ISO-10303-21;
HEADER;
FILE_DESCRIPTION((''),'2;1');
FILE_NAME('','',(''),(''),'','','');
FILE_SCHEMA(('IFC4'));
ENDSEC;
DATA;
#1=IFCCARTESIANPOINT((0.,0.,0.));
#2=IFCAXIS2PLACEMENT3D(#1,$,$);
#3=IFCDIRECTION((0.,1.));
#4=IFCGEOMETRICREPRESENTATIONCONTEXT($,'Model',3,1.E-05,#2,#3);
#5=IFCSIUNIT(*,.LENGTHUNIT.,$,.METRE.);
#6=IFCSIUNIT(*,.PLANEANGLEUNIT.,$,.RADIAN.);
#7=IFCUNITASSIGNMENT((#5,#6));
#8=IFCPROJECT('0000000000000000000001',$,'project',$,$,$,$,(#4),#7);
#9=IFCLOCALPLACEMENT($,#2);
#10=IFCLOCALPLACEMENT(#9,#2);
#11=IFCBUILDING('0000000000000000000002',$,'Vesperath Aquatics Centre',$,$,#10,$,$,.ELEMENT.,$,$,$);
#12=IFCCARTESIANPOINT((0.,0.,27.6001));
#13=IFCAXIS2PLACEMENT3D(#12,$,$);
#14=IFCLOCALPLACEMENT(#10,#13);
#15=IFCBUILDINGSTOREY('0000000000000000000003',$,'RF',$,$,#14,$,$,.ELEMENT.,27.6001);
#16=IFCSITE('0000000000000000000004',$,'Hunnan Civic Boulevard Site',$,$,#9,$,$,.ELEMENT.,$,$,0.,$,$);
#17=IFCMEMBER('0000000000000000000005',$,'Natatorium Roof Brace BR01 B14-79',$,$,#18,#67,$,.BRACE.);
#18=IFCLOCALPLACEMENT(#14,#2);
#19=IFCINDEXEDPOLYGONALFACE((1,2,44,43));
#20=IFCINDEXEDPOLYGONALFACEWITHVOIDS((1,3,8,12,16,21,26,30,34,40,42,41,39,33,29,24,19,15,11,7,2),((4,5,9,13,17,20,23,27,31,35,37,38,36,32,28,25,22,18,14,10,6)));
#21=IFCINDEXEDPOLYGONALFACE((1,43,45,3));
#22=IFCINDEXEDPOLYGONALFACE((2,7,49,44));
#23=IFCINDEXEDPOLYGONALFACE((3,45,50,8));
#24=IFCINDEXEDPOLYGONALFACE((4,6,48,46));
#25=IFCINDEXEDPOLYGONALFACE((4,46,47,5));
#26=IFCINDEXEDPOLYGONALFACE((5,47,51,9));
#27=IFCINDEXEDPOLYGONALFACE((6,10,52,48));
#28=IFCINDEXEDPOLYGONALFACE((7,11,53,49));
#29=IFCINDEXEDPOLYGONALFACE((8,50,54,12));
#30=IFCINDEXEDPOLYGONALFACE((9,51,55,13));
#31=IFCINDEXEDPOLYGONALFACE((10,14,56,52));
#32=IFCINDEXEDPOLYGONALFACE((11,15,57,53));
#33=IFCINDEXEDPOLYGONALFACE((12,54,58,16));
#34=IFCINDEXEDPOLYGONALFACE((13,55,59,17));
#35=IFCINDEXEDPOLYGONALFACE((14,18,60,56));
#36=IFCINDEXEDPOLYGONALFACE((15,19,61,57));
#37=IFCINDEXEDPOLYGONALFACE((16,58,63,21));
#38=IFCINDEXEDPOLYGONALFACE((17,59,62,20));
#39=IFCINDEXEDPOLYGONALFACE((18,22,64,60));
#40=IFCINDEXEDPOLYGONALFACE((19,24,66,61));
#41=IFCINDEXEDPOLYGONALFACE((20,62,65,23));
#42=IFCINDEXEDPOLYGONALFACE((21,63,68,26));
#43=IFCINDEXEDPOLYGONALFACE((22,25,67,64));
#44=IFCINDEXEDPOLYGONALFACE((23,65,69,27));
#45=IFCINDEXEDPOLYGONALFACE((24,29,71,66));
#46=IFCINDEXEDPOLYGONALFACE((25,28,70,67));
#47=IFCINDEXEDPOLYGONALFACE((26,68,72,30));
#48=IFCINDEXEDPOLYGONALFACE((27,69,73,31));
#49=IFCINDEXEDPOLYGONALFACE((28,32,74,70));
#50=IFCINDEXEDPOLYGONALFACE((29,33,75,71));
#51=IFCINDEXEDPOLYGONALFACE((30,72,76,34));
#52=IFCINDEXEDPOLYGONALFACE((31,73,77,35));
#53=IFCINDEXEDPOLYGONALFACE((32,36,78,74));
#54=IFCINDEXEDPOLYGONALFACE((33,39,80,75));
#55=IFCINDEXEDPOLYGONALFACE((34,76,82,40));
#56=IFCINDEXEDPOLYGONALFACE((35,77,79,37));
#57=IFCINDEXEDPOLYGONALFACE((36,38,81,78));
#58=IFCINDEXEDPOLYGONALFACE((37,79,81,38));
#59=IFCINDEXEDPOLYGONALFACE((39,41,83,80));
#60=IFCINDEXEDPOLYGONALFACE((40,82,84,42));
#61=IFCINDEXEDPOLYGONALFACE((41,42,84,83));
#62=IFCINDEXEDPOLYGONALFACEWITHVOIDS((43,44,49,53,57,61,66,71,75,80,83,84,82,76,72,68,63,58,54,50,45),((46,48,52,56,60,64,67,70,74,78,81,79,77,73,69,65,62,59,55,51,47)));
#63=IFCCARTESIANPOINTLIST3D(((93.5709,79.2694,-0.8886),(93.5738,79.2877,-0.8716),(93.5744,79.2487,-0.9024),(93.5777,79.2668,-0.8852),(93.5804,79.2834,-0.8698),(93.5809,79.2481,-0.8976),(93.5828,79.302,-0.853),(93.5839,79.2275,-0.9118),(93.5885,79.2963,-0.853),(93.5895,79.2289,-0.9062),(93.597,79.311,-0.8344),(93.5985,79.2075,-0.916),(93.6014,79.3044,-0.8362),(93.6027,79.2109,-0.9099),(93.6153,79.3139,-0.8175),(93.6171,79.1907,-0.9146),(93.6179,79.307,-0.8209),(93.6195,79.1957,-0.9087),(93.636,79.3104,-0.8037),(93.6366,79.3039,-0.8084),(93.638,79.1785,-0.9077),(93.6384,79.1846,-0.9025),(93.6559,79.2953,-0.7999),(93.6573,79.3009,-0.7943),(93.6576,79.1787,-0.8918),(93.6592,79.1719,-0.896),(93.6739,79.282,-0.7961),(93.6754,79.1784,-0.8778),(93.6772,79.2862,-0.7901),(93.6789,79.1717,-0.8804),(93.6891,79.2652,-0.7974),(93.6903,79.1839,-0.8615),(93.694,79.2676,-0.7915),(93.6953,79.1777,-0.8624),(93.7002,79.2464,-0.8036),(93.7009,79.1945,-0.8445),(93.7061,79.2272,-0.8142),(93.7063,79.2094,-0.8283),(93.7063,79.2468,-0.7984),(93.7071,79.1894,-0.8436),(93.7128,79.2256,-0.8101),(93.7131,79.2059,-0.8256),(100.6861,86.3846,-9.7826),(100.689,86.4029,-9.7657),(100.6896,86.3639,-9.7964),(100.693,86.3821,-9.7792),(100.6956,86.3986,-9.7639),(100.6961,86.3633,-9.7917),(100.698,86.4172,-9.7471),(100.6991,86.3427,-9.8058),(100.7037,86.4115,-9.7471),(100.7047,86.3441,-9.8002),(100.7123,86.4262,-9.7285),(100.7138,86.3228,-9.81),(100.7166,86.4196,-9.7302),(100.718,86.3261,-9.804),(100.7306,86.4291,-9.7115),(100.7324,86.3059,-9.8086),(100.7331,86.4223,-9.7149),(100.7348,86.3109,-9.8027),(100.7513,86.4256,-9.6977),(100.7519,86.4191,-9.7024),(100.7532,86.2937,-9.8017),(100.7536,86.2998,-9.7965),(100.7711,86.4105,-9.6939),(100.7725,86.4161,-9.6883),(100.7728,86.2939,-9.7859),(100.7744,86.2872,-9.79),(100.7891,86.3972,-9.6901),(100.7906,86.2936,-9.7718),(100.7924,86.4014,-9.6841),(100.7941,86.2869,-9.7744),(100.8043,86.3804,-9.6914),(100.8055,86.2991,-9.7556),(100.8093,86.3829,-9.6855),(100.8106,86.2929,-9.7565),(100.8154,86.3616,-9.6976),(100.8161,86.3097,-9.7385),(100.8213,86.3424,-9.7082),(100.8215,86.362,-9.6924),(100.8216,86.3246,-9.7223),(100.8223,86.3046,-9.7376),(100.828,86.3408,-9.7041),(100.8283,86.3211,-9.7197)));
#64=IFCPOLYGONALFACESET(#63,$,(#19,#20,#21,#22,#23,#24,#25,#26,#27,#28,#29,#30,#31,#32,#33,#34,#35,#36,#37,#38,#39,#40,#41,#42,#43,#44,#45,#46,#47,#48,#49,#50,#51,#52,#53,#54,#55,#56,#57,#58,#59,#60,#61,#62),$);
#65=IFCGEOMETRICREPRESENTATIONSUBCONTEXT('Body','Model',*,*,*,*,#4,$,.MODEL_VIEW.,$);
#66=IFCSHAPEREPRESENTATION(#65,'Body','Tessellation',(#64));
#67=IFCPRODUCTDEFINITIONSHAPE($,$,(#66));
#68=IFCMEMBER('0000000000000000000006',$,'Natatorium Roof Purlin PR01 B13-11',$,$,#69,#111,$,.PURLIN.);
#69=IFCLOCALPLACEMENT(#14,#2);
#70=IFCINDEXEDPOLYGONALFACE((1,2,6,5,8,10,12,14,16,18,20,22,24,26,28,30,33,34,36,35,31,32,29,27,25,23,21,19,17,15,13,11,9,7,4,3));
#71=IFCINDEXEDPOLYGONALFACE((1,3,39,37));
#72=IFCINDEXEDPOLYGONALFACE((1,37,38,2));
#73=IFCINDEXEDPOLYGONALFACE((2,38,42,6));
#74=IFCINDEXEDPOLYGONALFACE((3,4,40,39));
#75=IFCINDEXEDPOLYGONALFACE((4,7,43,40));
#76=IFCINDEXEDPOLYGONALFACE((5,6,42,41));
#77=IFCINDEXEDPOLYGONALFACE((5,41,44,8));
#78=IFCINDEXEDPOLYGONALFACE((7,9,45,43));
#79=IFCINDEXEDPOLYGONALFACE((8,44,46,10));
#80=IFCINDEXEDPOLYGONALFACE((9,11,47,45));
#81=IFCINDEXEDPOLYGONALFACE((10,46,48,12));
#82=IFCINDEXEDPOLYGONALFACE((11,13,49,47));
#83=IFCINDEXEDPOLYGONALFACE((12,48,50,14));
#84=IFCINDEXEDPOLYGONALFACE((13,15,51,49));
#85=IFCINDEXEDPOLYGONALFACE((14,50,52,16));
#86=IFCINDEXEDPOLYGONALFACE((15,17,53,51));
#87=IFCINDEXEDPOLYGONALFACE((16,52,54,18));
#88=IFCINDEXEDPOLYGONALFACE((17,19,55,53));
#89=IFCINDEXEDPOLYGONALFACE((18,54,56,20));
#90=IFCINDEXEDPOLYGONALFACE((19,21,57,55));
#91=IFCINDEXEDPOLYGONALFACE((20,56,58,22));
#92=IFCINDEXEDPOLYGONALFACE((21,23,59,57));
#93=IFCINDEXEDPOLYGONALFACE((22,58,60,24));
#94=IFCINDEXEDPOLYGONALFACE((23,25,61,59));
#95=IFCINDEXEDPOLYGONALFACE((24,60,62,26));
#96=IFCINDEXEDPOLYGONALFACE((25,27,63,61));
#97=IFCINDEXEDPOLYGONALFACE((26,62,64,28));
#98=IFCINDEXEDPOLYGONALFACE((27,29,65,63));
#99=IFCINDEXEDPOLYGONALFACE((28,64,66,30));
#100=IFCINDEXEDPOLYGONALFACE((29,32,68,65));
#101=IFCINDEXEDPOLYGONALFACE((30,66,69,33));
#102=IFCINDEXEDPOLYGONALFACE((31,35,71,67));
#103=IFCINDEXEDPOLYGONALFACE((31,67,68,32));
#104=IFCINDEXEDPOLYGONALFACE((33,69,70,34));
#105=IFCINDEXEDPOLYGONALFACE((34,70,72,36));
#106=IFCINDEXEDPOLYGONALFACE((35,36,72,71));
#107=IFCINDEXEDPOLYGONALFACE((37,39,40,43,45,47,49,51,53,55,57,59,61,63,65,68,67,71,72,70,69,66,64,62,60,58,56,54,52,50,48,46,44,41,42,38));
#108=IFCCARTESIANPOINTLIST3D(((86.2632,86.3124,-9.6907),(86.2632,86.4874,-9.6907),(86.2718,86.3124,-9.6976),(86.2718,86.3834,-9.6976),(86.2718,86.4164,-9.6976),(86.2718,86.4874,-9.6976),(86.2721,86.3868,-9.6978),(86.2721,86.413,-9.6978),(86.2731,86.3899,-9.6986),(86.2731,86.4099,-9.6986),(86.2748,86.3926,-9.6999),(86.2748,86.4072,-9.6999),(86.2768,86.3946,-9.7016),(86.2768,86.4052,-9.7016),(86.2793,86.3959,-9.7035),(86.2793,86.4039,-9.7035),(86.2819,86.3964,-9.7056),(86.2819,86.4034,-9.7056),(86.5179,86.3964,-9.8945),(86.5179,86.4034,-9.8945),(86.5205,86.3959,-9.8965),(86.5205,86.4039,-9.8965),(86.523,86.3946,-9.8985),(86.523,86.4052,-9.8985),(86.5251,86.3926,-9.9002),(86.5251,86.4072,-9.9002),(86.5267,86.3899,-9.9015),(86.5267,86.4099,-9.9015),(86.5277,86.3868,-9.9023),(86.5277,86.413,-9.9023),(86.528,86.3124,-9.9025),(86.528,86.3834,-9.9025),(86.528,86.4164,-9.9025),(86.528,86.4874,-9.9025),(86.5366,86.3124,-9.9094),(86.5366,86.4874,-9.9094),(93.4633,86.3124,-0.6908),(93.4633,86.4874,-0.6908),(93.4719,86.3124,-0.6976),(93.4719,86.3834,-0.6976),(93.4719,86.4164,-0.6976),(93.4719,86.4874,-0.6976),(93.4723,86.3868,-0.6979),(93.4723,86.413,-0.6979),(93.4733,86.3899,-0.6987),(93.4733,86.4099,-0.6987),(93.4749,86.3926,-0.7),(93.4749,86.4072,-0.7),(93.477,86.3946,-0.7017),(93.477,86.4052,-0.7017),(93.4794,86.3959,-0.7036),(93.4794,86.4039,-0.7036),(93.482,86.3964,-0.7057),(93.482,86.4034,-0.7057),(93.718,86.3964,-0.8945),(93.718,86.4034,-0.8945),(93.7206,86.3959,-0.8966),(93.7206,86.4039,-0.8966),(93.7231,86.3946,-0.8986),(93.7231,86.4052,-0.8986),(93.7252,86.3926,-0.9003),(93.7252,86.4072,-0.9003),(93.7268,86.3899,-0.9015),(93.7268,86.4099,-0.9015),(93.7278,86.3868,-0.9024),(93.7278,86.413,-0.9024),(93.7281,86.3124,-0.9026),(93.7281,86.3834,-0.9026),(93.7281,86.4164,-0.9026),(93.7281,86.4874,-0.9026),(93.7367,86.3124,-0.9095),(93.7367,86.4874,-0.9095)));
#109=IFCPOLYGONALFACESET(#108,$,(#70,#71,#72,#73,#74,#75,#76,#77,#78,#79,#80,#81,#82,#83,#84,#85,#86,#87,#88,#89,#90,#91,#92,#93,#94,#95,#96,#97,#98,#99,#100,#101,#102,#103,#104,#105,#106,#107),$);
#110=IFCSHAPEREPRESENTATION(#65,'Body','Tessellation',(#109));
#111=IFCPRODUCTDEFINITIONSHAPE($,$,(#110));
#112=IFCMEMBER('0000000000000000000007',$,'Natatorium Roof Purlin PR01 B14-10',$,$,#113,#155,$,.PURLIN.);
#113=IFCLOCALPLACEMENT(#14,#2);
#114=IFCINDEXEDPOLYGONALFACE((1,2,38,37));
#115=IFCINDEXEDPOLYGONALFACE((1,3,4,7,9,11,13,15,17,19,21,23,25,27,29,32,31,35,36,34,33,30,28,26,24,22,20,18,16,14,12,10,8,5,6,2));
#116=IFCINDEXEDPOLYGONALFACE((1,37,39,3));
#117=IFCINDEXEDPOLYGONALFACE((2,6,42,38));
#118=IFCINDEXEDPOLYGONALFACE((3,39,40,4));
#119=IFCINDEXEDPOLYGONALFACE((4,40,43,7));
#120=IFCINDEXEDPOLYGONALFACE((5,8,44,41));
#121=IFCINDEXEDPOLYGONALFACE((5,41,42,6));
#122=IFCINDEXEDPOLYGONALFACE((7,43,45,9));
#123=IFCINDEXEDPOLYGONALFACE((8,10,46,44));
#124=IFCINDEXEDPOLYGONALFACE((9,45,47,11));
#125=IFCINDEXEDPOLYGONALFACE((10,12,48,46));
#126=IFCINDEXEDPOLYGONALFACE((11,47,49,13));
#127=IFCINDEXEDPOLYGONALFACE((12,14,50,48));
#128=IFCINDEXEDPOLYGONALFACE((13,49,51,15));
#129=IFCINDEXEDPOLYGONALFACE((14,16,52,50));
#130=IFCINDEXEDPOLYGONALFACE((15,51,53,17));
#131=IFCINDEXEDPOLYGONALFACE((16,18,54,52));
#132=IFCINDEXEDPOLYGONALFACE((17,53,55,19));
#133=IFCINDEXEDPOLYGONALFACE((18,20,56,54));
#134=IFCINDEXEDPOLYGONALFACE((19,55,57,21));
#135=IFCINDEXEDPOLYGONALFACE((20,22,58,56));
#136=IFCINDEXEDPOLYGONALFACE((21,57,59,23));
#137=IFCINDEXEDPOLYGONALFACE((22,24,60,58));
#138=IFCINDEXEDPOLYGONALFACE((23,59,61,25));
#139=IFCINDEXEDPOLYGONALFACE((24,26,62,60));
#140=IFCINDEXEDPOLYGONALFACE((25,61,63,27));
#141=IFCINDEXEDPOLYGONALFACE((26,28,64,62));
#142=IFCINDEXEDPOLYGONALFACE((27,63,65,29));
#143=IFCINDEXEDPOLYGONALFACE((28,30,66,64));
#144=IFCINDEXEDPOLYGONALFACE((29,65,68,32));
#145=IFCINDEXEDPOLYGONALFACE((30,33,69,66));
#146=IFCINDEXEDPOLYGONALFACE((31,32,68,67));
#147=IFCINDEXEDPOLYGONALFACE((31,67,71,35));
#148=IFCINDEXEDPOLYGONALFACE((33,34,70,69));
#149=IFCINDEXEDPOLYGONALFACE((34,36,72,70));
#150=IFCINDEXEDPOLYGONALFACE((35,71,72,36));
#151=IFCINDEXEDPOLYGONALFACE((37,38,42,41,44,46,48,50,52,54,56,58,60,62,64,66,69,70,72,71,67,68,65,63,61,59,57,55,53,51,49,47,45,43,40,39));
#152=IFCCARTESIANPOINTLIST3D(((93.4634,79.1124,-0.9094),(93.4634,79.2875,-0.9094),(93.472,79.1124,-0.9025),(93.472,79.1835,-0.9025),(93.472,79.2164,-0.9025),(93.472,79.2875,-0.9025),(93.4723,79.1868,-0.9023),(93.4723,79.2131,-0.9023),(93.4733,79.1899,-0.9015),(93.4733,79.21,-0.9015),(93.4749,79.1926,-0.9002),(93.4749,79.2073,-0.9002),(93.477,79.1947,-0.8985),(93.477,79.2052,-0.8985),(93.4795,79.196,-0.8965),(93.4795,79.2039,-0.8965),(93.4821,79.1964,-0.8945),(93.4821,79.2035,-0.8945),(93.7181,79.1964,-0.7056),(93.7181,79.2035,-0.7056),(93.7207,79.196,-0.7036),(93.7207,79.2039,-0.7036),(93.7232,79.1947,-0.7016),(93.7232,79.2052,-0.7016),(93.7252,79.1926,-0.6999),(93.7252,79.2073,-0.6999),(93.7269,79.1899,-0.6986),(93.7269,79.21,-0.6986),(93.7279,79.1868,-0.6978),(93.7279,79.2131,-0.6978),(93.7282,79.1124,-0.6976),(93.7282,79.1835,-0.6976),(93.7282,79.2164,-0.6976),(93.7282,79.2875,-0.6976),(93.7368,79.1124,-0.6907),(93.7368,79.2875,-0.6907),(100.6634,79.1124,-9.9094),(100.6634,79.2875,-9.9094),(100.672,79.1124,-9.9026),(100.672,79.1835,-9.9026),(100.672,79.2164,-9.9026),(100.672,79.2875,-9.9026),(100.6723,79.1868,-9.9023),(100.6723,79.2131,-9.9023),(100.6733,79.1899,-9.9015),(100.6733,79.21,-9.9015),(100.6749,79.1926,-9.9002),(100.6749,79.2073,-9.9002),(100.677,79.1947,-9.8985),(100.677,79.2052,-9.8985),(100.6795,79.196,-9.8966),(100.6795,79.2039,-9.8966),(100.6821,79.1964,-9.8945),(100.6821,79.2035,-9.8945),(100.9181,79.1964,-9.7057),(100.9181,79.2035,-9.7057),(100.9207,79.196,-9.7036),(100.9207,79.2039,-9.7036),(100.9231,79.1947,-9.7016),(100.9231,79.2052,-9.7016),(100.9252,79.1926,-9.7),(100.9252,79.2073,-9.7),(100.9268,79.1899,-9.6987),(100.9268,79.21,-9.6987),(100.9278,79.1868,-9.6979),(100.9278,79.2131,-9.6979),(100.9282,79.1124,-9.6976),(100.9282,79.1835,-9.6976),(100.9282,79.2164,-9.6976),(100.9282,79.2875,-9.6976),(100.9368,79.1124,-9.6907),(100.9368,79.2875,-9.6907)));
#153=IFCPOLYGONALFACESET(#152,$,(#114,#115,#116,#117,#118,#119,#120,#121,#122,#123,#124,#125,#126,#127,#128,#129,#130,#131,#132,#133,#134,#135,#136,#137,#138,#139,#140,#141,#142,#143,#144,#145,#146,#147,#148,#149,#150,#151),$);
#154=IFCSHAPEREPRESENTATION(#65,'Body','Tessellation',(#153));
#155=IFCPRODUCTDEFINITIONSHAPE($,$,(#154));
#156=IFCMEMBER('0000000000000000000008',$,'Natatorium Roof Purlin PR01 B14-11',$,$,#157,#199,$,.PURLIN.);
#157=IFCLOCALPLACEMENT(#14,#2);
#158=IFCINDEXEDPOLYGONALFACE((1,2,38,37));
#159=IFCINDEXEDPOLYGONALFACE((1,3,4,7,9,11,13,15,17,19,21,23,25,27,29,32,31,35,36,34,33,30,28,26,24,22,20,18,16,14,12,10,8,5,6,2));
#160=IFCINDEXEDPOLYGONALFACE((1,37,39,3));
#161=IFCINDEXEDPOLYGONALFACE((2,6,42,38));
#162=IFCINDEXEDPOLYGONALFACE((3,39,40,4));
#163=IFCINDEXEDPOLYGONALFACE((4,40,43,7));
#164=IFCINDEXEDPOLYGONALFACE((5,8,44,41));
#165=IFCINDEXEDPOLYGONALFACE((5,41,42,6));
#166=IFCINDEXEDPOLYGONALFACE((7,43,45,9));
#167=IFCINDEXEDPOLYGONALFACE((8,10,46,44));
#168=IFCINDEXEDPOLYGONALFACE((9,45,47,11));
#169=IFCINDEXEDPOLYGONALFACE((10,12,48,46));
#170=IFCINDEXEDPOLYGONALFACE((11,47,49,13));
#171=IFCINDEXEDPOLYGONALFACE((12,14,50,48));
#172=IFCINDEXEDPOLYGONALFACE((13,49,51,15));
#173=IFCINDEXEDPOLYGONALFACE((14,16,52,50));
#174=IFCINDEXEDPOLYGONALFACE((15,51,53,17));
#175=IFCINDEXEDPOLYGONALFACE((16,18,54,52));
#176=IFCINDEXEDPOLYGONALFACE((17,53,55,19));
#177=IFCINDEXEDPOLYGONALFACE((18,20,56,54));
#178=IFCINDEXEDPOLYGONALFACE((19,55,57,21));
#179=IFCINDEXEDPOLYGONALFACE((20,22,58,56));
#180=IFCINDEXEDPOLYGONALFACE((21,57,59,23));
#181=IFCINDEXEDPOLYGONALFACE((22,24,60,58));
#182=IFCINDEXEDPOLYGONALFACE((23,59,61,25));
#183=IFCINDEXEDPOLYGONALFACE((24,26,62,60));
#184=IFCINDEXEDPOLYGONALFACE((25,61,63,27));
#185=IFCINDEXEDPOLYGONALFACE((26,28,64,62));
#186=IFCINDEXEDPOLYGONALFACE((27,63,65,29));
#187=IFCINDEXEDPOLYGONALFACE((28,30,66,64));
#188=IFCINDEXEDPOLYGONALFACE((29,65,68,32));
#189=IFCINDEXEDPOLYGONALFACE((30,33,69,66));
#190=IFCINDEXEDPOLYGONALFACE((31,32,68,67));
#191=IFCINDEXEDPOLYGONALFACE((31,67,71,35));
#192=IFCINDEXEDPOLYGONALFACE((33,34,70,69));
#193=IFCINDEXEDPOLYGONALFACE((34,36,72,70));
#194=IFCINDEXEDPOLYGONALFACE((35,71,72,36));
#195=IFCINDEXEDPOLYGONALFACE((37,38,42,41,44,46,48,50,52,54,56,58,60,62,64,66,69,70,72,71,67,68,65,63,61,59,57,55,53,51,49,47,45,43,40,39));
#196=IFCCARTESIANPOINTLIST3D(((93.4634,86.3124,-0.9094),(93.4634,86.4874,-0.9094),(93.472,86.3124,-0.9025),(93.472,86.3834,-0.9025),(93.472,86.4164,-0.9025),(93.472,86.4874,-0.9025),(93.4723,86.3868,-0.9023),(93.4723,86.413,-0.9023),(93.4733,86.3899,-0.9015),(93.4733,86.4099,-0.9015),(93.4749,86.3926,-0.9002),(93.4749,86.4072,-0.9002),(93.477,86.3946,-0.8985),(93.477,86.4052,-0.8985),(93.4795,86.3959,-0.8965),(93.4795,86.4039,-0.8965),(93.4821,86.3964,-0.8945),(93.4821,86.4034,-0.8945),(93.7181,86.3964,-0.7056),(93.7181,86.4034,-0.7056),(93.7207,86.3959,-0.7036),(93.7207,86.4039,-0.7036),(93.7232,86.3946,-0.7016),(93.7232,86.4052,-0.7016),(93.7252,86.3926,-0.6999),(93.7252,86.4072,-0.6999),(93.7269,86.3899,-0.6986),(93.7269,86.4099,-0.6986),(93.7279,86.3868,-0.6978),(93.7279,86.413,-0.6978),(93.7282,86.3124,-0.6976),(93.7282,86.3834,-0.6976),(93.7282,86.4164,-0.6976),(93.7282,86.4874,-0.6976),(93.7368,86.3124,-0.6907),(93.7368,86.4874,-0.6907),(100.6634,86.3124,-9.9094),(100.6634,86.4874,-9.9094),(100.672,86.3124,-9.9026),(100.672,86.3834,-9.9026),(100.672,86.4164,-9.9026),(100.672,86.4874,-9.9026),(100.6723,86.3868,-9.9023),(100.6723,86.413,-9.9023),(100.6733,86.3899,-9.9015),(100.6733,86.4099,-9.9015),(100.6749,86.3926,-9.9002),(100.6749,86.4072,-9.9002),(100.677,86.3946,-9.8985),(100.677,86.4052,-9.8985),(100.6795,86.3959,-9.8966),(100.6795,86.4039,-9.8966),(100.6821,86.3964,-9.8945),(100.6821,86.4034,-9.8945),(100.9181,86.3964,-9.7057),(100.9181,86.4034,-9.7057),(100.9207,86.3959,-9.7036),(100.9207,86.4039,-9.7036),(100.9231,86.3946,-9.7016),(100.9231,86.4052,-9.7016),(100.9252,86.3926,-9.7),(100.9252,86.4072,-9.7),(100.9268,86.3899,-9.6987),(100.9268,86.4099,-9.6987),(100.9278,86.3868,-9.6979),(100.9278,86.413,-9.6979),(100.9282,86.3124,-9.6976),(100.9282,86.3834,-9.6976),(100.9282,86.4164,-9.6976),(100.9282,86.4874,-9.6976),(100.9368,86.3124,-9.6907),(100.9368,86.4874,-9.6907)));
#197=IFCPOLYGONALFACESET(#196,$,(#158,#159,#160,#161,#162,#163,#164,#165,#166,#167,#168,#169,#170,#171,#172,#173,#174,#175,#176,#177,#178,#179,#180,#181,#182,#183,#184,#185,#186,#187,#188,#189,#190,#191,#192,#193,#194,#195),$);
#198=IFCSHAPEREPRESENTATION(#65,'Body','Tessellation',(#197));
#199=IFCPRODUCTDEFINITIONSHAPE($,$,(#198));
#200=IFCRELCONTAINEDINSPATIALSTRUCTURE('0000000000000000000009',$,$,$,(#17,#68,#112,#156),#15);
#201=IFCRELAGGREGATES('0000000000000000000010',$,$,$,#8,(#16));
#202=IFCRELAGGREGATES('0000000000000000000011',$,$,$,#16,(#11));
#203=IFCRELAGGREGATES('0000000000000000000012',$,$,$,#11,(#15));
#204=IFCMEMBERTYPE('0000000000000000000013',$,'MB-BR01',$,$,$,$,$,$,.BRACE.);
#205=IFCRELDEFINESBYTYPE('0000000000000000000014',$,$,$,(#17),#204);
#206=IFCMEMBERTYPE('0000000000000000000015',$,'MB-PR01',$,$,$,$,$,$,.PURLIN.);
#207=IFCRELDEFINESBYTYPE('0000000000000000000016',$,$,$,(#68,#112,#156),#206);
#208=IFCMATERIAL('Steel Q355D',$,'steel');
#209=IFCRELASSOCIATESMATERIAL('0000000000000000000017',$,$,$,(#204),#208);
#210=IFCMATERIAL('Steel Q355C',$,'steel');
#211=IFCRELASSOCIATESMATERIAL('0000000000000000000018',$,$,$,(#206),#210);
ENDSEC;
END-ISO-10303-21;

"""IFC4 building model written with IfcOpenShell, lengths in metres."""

from ifc_helpers import new_model, si_unit, direction, frame, origin, origin_2d, place, context, subcontext, project, spatial, hollow_circle, i_section, extrude, material, material_profile, profile_set, type_object, element, save


model = new_model("IFC4")

# Units and contexts
model_context = context("Model", 3, precision=1e-05, world=origin(), true_north=direction((0.0, 1.0)))
body_context = subcontext(model_context, "Body", "Model", "MODEL_VIEW")
ifc_project = project(units=[si_unit("LENGTHUNIT", "METRE"), si_unit("PLANEANGLEUNIT", "RADIAN")], contexts=[model_context])

# Site, building, storey
site_placement = place(None, origin())
site = spatial("IfcSite", under=ifc_project, at=site_placement, Name="Hunnan Civic Boulevard Site", CompositionType="ELEMENT", RefElevation=0.0)
building_placement = place(site_placement, origin())
building = spatial("IfcBuilding", under=site, at=building_placement, Name="Vesperath Aquatics Centre", CompositionType="ELEMENT")
storey_placement = place(building_placement, frame((0.0, 0.0, 27.6001)))
storey = spatial("IfcBuildingStorey", under=building, at=storey_placement, Name="RF", CompositionType="ELEMENT", Elevation=27.6001)

# Shared definitions
ifc_material_1 = material(Name="Steel Q355C", Category="steel")

# Members
ifc_material_2 = material(Name="Steel Q355D", Category="steel")
ifc_material_profile_1 = material_profile(ifc_material_2, hollow_circle(Radius=0.0842, WallThickness=0.0081, at=origin_2d()), Name="CHS 168.3x8")
ifc_profile_set_1 = profile_set([ifc_material_profile_1], Name="Steel Q355D")
member_type_1 = type_object("IfcMemberType", Name="MB-BR01", PredefinedType="BRACE", material=ifc_profile_set_1)
for number, where, z_axis, x_axis, name in (
    (1, (93.6423, 79.2424, -0.853), (0.529813, 0.529813, -0.662266), (-0.707107, 0.707107, 0.0), "Natatorium Roof Brace BR01 B14-79"),
):
    element("IfcMember", number, at=place(storey_placement, frame(where, z_axis=z_axis, x_axis=x_axis)), inside=storey, type_object=member_type_1, Name=name, PredefinedType="BRACE", context=body_context, shape_type="SweptSolid", body=[
        extrude(hollow_circle(Radius=0.0842, WallThickness=0.0081, at=origin_2d()), origin(), (0.0, 0.0, 1.0), 13.4297),
    ])
ifc_material_profile_2 = material_profile(ifc_material_1, i_section(OverallWidth=0.175, OverallDepth=0.3501, WebThickness=0.0071, FlangeThickness=0.011, FilletRadius=0.0129, at=origin_2d()), Name="HN 350x175x7x11")
ifc_profile_set_2 = profile_set([ifc_material_profile_2], Name="Steel Q355C")
member_type_2 = type_object("IfcMemberType", Name="MB-PR01", PredefinedType="PURLIN", material=ifc_profile_set_2)
for number, where, z_axis, x_axis, name in (
    (2, (86.3999, 86.3999, -9.8), (0.624705, 0.0, 0.780861), (0.0, 1.0, 0.0), "Natatorium Roof Purlin PR01 B13-11"),
    (3, (93.6001, 79.2, -0.8), (0.624692, 0.0, -0.780871), (0.0, 1.0, 0.0), "Natatorium Roof Purlin PR01 B14-10"),
    (4, (93.6001, 86.3999, -0.8), (0.624692, 0.0, -0.780871), (0.0, 1.0, 0.0), "Natatorium Roof Purlin PR01 B14-11"),
):
    element("IfcMember", number, at=place(storey_placement, frame(where, z_axis=z_axis, x_axis=x_axis)), inside=storey, type_object=member_type_2, Name=name, PredefinedType="PURLIN", context=body_context, shape_type="SweptSolid", body=[
        extrude(i_section(OverallWidth=0.175, OverallDepth=0.3501, WebThickness=0.0071, FlangeThickness=0.011, FilletRadius=0.0129, at=origin_2d()), origin(), (0.0, 0.0, 1.0), 11.5256),
    ])

save(model, "model.ifc")
